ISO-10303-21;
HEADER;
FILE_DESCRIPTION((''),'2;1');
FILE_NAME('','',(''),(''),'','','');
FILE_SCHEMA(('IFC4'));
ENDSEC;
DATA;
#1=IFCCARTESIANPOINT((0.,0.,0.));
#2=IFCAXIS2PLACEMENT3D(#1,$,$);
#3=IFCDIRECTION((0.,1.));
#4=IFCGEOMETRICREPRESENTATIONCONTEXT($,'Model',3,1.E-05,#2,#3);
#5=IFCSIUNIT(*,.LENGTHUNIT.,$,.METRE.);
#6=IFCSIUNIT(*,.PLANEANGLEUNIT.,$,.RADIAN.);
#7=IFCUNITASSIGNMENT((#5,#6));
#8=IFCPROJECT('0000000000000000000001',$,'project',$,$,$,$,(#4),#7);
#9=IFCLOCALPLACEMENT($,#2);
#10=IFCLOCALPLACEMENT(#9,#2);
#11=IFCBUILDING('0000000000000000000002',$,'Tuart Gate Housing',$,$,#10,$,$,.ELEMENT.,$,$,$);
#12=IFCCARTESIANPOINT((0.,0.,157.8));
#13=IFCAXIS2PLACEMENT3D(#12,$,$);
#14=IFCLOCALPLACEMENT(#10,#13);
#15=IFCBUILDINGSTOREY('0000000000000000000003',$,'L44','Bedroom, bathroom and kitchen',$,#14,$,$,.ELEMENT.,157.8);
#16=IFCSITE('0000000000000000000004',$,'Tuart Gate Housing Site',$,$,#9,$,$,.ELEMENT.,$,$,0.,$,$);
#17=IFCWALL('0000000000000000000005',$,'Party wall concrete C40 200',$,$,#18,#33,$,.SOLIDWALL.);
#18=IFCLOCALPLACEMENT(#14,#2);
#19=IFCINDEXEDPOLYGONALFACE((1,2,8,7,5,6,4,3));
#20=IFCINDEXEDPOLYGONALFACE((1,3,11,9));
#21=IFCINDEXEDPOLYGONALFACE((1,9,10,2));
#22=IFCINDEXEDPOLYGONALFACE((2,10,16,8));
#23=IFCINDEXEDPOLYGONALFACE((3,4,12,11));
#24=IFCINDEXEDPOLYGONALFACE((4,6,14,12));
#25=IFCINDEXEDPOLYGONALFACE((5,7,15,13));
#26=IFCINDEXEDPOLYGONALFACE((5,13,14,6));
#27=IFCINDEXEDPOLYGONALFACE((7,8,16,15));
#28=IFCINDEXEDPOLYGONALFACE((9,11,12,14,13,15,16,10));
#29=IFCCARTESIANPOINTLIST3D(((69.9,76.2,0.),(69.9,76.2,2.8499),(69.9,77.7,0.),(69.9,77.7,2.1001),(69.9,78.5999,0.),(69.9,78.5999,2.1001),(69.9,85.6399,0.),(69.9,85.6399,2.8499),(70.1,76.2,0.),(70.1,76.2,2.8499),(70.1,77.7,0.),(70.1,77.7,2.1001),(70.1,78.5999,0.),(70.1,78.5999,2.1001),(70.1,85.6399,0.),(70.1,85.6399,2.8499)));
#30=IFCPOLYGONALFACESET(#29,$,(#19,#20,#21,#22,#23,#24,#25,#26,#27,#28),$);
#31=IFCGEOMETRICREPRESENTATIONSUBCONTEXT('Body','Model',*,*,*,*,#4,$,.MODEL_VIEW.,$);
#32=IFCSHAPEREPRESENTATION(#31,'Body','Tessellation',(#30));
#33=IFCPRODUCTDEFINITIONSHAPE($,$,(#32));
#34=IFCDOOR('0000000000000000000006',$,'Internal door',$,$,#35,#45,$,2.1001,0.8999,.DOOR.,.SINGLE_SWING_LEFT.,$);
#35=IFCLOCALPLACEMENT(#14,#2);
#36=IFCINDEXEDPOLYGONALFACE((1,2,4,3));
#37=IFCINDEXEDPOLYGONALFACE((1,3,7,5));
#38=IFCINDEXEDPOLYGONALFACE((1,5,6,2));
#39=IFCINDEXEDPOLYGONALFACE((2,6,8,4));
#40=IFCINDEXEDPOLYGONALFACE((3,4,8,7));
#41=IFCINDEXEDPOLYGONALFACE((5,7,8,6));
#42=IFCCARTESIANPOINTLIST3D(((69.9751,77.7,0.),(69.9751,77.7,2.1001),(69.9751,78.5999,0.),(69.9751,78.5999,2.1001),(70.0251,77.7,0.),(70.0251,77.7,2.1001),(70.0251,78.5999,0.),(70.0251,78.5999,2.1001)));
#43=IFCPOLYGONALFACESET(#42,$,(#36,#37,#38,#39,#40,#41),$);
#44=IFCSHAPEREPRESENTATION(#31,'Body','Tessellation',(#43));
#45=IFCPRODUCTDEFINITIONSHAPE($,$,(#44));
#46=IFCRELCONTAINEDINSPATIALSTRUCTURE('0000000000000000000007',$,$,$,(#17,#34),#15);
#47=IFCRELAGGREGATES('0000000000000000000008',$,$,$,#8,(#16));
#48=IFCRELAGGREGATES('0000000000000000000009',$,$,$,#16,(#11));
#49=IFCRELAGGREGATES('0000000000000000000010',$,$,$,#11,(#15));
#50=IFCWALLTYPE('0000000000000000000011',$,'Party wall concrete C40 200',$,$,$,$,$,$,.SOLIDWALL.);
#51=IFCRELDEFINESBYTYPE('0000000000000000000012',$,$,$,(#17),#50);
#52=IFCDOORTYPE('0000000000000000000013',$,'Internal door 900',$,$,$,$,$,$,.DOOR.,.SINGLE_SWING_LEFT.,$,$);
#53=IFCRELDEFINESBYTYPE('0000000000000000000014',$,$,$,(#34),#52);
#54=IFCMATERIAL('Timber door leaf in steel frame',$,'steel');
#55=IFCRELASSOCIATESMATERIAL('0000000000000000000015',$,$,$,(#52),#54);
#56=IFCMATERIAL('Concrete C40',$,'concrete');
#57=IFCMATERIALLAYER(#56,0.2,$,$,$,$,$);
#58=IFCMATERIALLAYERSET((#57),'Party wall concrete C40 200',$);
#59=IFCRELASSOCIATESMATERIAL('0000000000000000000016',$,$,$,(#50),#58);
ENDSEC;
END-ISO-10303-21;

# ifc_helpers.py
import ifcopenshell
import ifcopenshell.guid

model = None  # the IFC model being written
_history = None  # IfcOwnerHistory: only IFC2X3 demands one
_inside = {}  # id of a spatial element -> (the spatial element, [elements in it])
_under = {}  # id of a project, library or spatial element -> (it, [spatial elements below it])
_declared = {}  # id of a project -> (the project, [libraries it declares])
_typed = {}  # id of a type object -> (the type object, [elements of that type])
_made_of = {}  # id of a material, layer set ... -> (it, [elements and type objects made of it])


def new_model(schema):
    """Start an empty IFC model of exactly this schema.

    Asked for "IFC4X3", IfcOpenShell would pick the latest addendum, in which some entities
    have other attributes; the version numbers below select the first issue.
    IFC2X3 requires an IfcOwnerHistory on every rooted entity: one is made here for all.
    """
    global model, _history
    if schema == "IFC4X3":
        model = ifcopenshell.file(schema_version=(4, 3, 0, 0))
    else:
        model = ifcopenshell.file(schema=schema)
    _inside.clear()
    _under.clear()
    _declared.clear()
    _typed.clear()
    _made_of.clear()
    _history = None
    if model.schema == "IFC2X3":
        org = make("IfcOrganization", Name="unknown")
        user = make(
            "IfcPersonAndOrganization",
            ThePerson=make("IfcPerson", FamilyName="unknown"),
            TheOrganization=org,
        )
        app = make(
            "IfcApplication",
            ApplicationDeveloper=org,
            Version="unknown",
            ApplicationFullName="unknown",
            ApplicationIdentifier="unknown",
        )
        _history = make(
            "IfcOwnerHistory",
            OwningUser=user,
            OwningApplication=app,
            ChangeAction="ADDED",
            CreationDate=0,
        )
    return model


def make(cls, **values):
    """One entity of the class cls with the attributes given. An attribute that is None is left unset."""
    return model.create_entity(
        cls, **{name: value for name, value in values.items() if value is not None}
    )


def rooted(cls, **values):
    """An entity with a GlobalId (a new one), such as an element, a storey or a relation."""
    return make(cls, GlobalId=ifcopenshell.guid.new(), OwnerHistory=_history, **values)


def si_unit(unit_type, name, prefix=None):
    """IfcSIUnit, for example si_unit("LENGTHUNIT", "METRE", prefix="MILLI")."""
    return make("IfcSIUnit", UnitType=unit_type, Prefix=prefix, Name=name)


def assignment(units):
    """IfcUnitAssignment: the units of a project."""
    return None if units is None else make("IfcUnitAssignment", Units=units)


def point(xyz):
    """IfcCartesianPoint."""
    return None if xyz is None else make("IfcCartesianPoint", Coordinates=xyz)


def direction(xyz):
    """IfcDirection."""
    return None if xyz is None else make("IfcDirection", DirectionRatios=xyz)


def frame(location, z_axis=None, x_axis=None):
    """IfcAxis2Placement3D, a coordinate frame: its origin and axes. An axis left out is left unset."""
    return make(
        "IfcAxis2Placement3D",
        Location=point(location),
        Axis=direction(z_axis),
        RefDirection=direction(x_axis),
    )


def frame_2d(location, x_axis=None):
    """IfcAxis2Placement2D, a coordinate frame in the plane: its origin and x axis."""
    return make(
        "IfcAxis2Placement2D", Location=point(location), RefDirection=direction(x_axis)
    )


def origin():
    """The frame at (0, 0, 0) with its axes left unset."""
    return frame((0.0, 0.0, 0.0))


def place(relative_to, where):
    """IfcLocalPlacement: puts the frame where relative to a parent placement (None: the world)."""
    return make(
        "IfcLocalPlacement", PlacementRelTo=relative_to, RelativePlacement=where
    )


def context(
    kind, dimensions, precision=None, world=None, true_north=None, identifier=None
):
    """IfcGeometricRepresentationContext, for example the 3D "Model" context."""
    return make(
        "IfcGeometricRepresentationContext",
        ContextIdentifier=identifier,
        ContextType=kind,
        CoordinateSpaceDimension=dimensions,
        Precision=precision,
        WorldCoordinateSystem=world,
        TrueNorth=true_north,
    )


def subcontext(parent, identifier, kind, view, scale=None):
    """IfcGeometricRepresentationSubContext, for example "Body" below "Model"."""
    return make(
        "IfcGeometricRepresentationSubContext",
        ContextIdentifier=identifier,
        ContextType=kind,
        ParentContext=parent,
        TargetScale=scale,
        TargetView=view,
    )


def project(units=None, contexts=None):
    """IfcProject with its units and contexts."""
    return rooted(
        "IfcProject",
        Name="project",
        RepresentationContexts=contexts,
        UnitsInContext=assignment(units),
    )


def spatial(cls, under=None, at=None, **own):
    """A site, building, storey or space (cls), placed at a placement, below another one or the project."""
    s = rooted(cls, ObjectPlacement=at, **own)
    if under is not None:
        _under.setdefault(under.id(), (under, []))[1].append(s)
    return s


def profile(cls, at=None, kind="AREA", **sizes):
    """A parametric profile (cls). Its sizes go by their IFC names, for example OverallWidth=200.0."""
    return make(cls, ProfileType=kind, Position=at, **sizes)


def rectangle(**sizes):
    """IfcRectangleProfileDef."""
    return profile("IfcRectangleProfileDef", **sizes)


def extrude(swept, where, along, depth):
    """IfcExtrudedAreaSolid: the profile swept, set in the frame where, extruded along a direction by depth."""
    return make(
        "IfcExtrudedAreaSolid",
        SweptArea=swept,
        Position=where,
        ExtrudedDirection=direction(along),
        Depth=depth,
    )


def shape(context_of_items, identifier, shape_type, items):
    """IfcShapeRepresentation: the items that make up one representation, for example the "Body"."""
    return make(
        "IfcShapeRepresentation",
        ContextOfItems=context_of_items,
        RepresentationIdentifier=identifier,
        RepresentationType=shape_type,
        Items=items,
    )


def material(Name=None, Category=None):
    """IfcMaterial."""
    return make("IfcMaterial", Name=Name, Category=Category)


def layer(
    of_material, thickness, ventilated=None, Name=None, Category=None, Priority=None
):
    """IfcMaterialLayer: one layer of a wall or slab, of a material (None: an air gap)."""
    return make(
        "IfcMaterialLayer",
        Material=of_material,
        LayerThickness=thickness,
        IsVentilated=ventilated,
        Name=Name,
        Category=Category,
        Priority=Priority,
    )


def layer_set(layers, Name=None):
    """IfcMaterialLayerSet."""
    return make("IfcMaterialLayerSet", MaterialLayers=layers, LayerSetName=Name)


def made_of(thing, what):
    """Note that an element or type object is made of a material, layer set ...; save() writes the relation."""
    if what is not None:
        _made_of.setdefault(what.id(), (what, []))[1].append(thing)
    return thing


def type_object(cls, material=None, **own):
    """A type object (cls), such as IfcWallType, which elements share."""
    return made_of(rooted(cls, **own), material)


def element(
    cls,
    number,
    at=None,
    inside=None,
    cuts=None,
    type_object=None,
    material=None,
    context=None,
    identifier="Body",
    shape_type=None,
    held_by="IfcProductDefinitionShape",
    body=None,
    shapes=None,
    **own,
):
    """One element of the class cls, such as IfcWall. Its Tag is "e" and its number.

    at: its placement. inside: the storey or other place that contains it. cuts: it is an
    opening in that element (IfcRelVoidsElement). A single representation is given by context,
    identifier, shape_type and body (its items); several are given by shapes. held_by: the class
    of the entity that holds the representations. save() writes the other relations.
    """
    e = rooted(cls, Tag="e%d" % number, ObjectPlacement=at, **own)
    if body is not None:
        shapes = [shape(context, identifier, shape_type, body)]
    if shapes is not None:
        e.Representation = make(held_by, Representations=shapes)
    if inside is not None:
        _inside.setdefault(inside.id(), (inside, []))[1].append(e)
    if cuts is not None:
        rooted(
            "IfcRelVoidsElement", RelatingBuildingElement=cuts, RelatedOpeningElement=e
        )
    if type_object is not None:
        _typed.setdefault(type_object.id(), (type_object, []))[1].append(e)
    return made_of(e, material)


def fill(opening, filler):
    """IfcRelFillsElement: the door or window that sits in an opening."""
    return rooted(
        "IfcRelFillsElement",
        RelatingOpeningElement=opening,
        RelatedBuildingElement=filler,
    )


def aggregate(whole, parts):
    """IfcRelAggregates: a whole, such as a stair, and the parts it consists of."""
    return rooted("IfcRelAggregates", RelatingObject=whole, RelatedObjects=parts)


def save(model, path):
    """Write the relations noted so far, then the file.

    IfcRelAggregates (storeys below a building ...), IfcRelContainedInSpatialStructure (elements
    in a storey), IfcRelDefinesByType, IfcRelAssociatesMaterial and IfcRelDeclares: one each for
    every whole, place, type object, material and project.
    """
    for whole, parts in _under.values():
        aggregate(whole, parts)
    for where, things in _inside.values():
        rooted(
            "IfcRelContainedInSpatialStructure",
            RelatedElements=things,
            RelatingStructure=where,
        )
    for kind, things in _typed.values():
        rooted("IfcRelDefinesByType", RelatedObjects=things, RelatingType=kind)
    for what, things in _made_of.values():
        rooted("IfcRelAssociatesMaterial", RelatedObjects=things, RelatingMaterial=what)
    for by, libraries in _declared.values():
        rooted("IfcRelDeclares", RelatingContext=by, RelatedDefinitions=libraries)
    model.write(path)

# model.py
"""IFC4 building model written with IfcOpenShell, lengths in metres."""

from ifc_helpers import new_model, si_unit, direction, frame, frame_2d, origin, place, context, subcontext, project, spatial, rectangle, extrude, material, layer, layer_set, type_object, element, fill, save


model = new_model("IFC4")

# Units and contexts
model_context = context("Model", 3, precision=1e-05, world=origin(), true_north=direction((0.0, 1.0)))
body_context = subcontext(model_context, "Body", "Model", "MODEL_VIEW")
ifc_project = project(units=[si_unit("LENGTHUNIT", "METRE"), si_unit("PLANEANGLEUNIT", "RADIAN")], contexts=[model_context])

# Site, building, storey
site_placement = place(None, origin())
site = spatial("IfcSite", under=ifc_project, at=site_placement, Name="Tuart Gate Housing Site", CompositionType="ELEMENT", RefElevation=0.0)
building_placement = place(site_placement, origin())
building = spatial("IfcBuilding", under=site, at=building_placement, Name="Tuart Gate Housing", CompositionType="ELEMENT")
storey_placement = place(building_placement, frame((0.0, 0.0, 157.8)))
storey = spatial("IfcBuildingStorey", under=building, at=storey_placement, Name="L44", Description="Bedroom, bathroom and kitchen", CompositionType="ELEMENT", Elevation=157.8)

# Shared definitions
ifc_material_1 = material(Name="Timber door leaf in steel frame", Category="steel")
door_type_1 = type_object("IfcDoorType", Name="Internal door 900", OperationType="SINGLE_SWING_LEFT", PredefinedType="DOOR", material=ifc_material_1)

# Shared definitions
ifc_material_2 = material(Name="Concrete C40", Category="concrete")
ifc_layer_1 = layer(ifc_material_2, 0.2)
ifc_layer_set_1 = layer_set([ifc_layer_1], Name="Party wall concrete C40 200")
wall_type_1 = type_object("IfcWallType", Name="Party wall concrete C40 200", PredefinedType="SOLIDWALL", material=ifc_layer_set_1)

# Wall, opening, door
wall_1_placement = place(storey_placement, frame((70.0, 76.2, 0.0), z_axis=(0.0, 0.0, 1.0), x_axis=(0.0, 1.0, 0.0)))
wall_1 = element("IfcWall", 1, at=wall_1_placement, inside=storey, type_object=wall_type_1, Name="Party wall concrete C40 200", PredefinedType="SOLIDWALL", context=body_context, shape_type="SweptSolid", body=[
    extrude(rectangle(XDim=9.4399, YDim=0.2, at=frame_2d((4.72, 0.0))), origin(), (0.0, 0.0, 1.0), 2.8499),
])
opening_1_placement = place(wall_1_placement, frame((1.5, 0.0, 0.0)))
opening_1 = element("IfcOpeningElement", 2, at=opening_1_placement, cuts=wall_1, PredefinedType="OPENING", context=body_context, shape_type="SweptSolid", body=[
    extrude(rectangle(XDim=0.8999, YDim=2.1001, at=frame_2d((0.45, 1.05))), frame((0.0, 0.1099, 0.0), z_axis=(0.0, -1.0, 0.0), x_axis=(1.0, 0.0, 0.0)), (0.0, 0.0, 1.0), 0.22),
])
door_1_placement = place(opening_1_placement, origin())
door_1 = element("IfcDoor", 3, at=door_1_placement, inside=storey, type_object=door_type_1, Name="Internal door", OperationType="SINGLE_SWING_LEFT", OverallHeight=2.1001, OverallWidth=0.8999, PredefinedType="DOOR", context=body_context, shape_type="SweptSolid", body=[
    extrude(rectangle(XDim=0.8999, YDim=2.1001, at=frame_2d((0.45, 1.05))), frame((0.0, 0.0249, 0.0), z_axis=(0.0, -1.0, 0.0), x_axis=(1.0, 0.0, 0.0)), (0.0, 0.0, 1.0), 0.05),
])
fill(opening_1, door_1)

save(model, "model.ifc")
